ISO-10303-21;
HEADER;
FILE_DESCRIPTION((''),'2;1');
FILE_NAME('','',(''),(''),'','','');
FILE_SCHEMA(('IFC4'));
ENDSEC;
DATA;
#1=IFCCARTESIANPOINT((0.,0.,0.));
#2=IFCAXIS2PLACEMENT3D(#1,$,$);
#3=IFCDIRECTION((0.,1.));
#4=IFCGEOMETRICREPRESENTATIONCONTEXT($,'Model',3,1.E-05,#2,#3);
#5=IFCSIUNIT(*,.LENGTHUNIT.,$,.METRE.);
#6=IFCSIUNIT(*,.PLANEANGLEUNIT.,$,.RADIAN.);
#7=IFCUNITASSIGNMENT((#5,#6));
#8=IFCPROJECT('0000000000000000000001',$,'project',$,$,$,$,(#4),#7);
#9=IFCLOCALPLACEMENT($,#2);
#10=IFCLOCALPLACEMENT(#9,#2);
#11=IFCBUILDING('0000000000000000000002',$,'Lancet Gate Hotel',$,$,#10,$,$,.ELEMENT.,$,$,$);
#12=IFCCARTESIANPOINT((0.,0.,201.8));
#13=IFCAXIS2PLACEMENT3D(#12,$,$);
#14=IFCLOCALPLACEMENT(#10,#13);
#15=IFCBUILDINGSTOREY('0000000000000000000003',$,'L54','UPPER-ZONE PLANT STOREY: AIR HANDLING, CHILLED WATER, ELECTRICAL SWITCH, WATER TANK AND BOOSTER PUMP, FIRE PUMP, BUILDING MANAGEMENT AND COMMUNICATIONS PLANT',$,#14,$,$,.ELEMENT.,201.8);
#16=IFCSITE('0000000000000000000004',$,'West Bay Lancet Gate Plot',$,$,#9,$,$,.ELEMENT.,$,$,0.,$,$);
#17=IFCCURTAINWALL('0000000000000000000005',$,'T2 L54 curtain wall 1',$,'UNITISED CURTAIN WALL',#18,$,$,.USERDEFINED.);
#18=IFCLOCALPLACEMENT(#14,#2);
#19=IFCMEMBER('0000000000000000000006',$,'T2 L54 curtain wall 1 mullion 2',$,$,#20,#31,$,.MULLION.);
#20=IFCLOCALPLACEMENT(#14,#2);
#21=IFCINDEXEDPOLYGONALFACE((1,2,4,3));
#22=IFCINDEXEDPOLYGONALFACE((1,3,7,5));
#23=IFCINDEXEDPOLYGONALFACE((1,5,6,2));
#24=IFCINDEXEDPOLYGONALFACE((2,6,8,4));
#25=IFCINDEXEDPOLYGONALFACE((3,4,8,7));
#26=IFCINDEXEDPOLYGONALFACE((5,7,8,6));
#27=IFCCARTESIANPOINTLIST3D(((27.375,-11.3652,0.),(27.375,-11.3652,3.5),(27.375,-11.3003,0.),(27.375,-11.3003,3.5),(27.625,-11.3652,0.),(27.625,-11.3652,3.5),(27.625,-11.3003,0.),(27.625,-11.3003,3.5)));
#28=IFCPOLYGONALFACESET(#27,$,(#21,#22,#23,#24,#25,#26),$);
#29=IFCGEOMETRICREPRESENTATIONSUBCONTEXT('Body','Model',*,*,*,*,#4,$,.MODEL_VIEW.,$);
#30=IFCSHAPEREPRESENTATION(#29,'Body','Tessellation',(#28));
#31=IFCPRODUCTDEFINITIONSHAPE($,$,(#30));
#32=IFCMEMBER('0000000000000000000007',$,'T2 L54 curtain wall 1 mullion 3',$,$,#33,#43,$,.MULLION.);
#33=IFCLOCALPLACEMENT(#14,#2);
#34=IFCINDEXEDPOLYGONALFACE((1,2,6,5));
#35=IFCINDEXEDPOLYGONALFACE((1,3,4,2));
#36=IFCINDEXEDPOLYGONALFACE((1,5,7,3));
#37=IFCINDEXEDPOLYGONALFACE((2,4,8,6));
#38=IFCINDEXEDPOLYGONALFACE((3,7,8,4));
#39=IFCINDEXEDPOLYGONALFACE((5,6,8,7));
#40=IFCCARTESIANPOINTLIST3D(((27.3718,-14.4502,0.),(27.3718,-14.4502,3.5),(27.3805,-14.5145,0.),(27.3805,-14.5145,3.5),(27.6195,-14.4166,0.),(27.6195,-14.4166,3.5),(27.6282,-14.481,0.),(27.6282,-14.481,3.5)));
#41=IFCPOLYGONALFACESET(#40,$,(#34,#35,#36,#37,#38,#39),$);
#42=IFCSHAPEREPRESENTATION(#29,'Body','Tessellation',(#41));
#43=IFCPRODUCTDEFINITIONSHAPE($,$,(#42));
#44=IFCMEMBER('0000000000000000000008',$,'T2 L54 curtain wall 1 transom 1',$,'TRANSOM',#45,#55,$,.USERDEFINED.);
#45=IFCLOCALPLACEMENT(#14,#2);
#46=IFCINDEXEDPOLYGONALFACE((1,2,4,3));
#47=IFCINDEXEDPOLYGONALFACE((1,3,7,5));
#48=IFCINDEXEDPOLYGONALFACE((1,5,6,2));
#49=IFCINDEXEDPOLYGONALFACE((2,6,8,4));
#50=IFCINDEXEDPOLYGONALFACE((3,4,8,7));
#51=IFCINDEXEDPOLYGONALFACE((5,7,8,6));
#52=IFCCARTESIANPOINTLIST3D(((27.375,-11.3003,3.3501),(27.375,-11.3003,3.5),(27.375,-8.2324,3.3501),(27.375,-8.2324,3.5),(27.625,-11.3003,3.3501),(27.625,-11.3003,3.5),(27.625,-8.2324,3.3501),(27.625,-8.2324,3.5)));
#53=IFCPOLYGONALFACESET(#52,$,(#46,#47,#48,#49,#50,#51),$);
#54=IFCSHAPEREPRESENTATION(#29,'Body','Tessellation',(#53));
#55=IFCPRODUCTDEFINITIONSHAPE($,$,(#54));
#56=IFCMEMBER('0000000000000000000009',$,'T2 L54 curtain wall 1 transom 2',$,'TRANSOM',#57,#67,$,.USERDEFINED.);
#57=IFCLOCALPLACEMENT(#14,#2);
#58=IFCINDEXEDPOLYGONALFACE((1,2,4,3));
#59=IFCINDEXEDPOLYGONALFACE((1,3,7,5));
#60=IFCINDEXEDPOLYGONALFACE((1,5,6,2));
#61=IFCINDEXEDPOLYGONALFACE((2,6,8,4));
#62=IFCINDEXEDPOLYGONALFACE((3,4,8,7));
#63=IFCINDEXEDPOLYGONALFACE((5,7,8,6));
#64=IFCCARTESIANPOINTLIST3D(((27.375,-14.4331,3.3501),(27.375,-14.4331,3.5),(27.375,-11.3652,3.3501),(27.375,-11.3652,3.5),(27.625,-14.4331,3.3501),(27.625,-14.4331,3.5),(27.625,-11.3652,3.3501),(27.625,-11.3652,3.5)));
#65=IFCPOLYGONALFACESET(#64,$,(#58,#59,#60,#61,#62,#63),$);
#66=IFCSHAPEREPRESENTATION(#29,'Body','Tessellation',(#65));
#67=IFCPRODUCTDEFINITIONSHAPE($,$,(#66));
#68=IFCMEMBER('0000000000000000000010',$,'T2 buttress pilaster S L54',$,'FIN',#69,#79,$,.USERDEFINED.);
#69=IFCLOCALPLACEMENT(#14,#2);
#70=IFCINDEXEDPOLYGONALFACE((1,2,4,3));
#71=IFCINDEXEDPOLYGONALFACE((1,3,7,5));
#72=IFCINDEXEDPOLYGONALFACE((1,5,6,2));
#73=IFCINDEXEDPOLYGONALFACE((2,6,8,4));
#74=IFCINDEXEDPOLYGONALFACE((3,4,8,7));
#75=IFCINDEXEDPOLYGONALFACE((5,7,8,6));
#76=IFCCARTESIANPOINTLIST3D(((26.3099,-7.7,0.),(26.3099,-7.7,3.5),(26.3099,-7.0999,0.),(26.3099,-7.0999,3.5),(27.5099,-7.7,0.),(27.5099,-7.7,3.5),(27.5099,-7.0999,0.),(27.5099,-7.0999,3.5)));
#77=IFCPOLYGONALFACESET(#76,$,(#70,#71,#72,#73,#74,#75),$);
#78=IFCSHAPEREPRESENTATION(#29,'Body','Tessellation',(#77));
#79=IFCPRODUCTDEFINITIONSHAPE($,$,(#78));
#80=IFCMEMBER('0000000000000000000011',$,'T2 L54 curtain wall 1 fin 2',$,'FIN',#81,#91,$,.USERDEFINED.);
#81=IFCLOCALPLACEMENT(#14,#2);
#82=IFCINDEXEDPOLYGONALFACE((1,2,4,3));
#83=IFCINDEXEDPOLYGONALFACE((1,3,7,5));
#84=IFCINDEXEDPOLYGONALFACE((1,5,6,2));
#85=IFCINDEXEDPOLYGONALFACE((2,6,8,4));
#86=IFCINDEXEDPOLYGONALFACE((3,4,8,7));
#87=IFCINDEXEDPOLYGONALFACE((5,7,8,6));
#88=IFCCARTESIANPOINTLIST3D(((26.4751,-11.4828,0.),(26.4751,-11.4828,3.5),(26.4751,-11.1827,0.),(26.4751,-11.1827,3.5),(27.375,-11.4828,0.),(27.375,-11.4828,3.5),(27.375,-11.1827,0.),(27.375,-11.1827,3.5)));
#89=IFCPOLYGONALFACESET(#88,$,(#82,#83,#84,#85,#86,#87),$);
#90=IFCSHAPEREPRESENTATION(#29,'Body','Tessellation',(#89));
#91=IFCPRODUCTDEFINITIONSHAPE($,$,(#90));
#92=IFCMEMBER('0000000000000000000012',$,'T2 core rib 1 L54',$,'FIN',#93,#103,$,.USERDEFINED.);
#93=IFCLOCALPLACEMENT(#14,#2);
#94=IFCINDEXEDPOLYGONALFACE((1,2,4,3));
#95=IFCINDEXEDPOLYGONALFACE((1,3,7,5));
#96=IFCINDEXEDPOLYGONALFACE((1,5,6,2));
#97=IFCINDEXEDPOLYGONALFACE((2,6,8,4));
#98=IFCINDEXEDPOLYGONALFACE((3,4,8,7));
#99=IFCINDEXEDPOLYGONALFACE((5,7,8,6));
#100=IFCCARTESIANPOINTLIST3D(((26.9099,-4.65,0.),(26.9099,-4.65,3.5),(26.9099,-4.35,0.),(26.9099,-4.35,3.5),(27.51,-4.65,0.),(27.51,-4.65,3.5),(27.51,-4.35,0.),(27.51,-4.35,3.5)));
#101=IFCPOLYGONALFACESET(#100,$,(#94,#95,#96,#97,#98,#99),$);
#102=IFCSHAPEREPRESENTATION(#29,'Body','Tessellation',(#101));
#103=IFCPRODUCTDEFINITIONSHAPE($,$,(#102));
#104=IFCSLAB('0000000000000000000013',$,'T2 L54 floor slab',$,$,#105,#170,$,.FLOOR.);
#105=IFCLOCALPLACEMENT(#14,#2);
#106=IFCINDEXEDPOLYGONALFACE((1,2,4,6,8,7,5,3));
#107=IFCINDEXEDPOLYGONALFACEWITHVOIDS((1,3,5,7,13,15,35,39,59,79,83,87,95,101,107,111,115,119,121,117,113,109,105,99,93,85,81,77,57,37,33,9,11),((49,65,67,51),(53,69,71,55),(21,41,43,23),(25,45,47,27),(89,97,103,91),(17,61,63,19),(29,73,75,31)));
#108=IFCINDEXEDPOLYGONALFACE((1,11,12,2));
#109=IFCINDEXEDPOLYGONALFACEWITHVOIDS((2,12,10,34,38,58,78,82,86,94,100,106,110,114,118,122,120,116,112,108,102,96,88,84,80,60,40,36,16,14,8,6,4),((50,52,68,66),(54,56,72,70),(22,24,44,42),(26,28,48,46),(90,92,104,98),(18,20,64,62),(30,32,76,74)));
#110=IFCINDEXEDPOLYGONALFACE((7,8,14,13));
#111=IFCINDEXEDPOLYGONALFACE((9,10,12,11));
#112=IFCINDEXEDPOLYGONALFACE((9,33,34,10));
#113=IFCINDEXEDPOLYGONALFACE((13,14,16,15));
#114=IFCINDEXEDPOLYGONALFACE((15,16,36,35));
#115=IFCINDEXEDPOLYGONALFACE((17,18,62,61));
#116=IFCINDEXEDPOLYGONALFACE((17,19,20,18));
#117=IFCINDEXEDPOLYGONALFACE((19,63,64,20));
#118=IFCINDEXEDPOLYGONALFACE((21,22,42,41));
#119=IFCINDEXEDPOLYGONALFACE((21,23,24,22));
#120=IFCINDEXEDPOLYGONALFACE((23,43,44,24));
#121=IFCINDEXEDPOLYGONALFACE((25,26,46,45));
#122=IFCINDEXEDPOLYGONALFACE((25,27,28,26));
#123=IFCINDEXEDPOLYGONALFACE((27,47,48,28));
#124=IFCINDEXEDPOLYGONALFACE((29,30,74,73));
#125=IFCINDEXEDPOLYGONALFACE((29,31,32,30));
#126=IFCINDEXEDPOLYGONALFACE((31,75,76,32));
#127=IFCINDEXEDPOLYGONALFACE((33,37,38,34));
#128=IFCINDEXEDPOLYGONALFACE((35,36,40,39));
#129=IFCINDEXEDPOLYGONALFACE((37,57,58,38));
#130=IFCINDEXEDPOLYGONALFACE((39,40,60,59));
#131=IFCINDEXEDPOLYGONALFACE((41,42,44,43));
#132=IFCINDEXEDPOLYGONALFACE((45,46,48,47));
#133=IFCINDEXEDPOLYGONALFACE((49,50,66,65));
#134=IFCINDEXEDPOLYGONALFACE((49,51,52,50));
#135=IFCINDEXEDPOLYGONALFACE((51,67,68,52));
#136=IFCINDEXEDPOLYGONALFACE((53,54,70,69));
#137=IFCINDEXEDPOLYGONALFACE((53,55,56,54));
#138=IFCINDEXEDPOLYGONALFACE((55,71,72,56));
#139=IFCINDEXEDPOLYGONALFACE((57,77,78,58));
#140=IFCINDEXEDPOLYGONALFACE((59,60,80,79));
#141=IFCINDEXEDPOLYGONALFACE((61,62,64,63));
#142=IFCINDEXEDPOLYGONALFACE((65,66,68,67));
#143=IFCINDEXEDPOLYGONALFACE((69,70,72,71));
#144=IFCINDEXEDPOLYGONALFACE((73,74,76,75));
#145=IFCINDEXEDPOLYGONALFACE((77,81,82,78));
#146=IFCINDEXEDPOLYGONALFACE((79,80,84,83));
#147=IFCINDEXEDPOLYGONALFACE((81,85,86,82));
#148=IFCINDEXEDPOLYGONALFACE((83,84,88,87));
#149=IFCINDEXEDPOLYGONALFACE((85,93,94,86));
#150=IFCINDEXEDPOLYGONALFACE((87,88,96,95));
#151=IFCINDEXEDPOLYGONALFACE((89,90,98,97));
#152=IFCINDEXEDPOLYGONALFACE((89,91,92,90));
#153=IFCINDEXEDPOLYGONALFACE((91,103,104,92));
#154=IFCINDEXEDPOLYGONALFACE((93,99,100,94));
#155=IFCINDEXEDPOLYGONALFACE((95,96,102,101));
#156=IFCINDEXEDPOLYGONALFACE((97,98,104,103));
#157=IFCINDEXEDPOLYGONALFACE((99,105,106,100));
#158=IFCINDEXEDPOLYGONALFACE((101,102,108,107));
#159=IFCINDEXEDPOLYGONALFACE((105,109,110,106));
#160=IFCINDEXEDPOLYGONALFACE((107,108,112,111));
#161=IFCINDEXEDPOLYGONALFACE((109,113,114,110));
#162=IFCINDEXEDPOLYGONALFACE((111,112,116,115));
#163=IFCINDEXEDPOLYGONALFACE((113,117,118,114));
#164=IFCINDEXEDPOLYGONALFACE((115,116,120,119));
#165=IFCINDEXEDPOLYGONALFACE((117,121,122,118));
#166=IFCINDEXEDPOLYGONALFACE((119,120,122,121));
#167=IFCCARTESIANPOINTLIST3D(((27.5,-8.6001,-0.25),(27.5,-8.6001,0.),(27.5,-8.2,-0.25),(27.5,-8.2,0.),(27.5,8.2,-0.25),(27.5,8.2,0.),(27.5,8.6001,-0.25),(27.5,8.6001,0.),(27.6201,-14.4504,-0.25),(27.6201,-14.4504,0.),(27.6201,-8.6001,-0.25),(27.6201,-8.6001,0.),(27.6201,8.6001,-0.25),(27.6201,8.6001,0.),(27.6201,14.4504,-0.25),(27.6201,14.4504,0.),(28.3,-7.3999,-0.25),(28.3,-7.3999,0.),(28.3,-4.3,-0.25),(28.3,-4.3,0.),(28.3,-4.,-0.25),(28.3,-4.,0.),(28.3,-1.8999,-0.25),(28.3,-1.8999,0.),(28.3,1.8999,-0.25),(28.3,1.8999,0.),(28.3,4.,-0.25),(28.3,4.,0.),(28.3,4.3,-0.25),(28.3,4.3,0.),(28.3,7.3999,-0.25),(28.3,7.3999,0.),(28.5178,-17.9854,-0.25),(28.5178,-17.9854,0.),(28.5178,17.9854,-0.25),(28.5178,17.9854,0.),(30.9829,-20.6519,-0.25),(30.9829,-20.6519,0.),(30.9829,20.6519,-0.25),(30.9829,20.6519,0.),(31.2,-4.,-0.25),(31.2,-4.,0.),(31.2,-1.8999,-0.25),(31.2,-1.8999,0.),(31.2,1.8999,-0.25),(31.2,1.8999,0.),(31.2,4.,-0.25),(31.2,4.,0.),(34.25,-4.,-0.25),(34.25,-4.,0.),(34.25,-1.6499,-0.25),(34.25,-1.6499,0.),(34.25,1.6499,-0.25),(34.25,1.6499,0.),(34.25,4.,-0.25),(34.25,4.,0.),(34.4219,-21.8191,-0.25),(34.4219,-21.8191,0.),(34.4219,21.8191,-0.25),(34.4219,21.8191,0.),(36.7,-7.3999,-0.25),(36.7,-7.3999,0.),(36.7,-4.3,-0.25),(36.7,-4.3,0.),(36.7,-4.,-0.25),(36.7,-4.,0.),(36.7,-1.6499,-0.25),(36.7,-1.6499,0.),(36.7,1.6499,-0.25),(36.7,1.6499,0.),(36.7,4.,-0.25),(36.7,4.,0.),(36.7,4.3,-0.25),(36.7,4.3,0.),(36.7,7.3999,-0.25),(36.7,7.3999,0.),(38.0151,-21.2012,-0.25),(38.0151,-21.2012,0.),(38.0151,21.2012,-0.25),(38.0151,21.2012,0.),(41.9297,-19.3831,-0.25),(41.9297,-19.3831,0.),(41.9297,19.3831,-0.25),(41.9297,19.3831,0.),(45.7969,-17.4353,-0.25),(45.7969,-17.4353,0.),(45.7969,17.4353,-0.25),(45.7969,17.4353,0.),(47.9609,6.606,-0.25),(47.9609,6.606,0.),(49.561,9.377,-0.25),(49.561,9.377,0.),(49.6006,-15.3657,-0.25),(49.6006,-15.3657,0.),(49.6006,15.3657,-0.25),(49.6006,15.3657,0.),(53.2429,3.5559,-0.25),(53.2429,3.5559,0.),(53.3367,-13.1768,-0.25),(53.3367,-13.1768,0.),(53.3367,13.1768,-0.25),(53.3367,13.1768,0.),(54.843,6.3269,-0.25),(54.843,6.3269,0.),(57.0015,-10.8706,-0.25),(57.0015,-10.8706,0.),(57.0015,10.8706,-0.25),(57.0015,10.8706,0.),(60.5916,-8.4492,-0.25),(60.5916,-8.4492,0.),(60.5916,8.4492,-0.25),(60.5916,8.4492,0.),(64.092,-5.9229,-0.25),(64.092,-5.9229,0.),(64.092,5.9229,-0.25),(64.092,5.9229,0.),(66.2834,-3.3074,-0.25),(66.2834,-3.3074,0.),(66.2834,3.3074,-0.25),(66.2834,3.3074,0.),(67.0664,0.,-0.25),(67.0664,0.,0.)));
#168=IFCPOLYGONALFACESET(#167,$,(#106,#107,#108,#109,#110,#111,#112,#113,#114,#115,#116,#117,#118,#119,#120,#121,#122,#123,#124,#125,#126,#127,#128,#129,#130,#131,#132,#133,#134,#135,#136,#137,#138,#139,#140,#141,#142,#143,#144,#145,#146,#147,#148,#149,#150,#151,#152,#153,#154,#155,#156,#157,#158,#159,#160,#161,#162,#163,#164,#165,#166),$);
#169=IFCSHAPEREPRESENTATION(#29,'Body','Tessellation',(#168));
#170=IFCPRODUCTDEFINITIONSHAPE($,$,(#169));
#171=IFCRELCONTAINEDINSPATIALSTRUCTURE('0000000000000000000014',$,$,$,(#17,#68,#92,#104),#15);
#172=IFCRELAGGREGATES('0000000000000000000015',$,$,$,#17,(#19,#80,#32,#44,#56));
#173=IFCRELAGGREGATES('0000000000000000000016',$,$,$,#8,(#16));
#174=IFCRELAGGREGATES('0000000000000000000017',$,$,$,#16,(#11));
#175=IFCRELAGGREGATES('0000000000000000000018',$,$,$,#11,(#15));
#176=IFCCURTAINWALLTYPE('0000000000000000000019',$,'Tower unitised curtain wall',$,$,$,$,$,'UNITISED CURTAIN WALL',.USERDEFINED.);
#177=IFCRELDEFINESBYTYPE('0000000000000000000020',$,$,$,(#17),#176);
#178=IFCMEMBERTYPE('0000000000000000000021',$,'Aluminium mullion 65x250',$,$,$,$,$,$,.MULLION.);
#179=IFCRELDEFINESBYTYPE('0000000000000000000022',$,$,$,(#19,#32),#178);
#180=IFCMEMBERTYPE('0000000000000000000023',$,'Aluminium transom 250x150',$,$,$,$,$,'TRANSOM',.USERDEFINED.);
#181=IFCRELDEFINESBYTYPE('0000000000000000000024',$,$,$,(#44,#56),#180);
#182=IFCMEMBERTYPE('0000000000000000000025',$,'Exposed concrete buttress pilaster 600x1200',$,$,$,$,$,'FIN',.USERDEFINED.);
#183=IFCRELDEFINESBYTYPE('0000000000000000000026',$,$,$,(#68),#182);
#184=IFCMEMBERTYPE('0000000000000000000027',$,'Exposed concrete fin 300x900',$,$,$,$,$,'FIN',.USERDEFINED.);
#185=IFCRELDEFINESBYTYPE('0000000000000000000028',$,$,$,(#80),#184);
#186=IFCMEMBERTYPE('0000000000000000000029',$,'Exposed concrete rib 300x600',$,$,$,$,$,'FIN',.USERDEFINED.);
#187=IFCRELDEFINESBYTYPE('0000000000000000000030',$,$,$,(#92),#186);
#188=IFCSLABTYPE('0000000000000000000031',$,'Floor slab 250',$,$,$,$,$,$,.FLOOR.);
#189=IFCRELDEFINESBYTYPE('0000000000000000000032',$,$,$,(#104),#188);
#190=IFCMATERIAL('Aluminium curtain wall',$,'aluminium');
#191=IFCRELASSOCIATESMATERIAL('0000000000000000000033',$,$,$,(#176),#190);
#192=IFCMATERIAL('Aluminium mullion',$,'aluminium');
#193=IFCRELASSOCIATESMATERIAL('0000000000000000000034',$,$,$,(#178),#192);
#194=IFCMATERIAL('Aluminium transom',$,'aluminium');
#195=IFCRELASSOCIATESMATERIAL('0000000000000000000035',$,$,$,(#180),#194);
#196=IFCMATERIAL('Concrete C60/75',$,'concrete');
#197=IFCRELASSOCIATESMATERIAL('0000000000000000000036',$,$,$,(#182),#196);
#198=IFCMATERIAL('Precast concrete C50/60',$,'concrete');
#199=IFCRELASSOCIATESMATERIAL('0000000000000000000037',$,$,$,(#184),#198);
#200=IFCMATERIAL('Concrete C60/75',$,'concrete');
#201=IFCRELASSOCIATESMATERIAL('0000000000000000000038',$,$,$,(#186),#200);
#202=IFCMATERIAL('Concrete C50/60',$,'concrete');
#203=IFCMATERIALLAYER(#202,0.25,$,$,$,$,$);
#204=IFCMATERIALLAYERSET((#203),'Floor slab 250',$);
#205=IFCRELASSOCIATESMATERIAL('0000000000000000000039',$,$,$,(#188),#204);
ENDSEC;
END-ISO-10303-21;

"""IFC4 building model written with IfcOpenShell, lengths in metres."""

from ifc_helpers import new_model, si_unit, direction, frame, origin, origin_2d, place, context, subcontext, project, spatial, polyline, rectangle, outline, extrude, material, layer, layer_set, material_profile, profile_set, type_object, element, aggregate, save


model = new_model("IFC4")

# Units and contexts
model_context = context("Model", 3, precision=1e-05, world=origin(), true_north=direction((0.0, 1.0)))
body_context = subcontext(model_context, "Body", "Model", "MODEL_VIEW")
ifc_project = project(units=[si_unit("LENGTHUNIT", "METRE"), si_unit("PLANEANGLEUNIT", "RADIAN")], contexts=[model_context])

# Site, building, storey
site_placement = place(None, origin())
site = spatial("IfcSite", under=ifc_project, at=site_placement, Name="West Bay Lancet Gate Plot", CompositionType="ELEMENT", RefElevation=0.0)
building_placement = place(site_placement, origin())
building = spatial("IfcBuilding", under=site, at=building_placement, Name="Lancet Gate Hotel", CompositionType="ELEMENT")
storey_placement = place(building_placement, frame((0.0, 0.0, 201.8)))
storey = spatial("IfcBuildingStorey", under=building, at=storey_placement, Name="L54", Description="UPPER-ZONE PLANT STOREY: AIR HANDLING, CHILLED WATER, ELECTRICAL SWITCH, WATER TANK AND BOOSTER PUMP, FIRE PUMP, BUILDING MANAGEMENT AND COMMUNICATIONS PLANT", CompositionType="ELEMENT", Elevation=201.8)

# Curtain wall, members
ifc_material_1 = material(Name="Aluminium curtain wall", Category="aluminium")
curtain_wall_type = type_object("IfcCurtainWallType", Name="Tower unitised curtain wall", ElementType="UNITISED CURTAIN WALL", PredefinedType="USERDEFINED", material=ifc_material_1)
curtain_wall_placement = place(storey_placement, origin())
curtain_wall = element("IfcCurtainWall", 1, at=curtain_wall_placement, inside=storey, type_object=curtain_wall_type, Name="T2 L54 curtain wall 1", ObjectType="UNITISED CURTAIN WALL", PredefinedType="USERDEFINED")
ifc_material_2 = material(Name="Aluminium mullion", Category="aluminium")
ifc_material_profile_1 = material_profile(ifc_material_2, rectangle(XDim=0.0649, YDim=0.25, at=origin_2d()), Name="MULLION 65x250")
ifc_profile_set_1 = profile_set([ifc_material_profile_1], Name="Aluminium mullion")
member_type_1 = type_object("IfcMemberType", Name="Aluminium mullion 65x250", PredefinedType="MULLION", material=ifc_profile_set_1)
member_1_placement = place(storey_placement, frame((27.5, -11.3328, 0.0), z_axis=(0.0, 0.0, 1.0), x_axis=(0.0, -1.0, 0.0)))
member_1 = element("IfcMember", 2, at=member_1_placement, type_object=member_type_1, Name="T2 L54 curtain wall 1 mullion 2", PredefinedType="MULLION", context=body_context, shape_type="SweptSolid", body=[
    extrude(rectangle(XDim=0.0649, YDim=0.25, at=origin_2d()), origin(), (0.0, 0.0, 1.0), 3.5),
])
member_2_placement = place(storey_placement, frame((27.5, -14.4656, 0.0), z_axis=(0.0, 0.0, 1.0), x_axis=(0.134207, -0.990953, 0.0)))
member_2 = element("IfcMember", 3, at=member_2_placement, type_object=member_type_1, Name="T2 L54 curtain wall 1 mullion 3", PredefinedType="MULLION", context=body_context, shape_type="SweptSolid", body=[
    extrude(rectangle(XDim=0.0649, YDim=0.25, at=origin_2d()), origin(), (0.0, 0.0, 1.0), 3.5),
])
ifc_material_3 = material(Name="Aluminium transom", Category="aluminium")
ifc_material_profile_2 = material_profile(ifc_material_3, rectangle(XDim=0.25, YDim=0.1499, at=origin_2d()), Name="TRANSOM 250x150")
ifc_profile_set_2 = profile_set([ifc_material_profile_2], Name="Aluminium transom")
member_type_2 = type_object("IfcMemberType", Name="Aluminium transom 250x150", ElementType="TRANSOM", PredefinedType="USERDEFINED", material=ifc_profile_set_2)
member_3_placement = place(storey_placement, frame((27.5, -8.2324, 3.425), z_axis=(0.0, -1.0, 0.0), x_axis=(1.0, 0.0, 0.0)))
member_3 = element("IfcMember", 4, at=member_3_placement, type_object=member_type_2, Name="T2 L54 curtain wall 1 transom 1", ObjectType="TRANSOM", PredefinedType="USERDEFINED", context=body_context, shape_type="SweptSolid", body=[
    extrude(rectangle(XDim=0.25, YDim=0.1499, at=origin_2d()), origin(), (0.0, 0.0, 1.0), 3.0679),
])
member_4_placement = place(storey_placement, frame((27.5, -11.3652, 3.425), z_axis=(0.0, -1.0, 0.0), x_axis=(1.0, 0.0, 0.0)))
member_4 = element("IfcMember", 5, at=member_4_placement, type_object=member_type_2, Name="T2 L54 curtain wall 1 transom 2", ObjectType="TRANSOM", PredefinedType="USERDEFINED", context=body_context, shape_type="SweptSolid", body=[
    extrude(rectangle(XDim=0.25, YDim=0.1499, at=origin_2d()), origin(), (0.0, 0.0, 1.0), 3.0679),
])

# Members
ifc_material_4 = material(Name="Concrete C60/75", Category="concrete")
ifc_material_profile_3 = material_profile(ifc_material_4, rectangle(XDim=0.6001, YDim=1.2, at=origin_2d()), Name="FIN 600x1200")
ifc_profile_set_3 = profile_set([ifc_material_profile_3], Name="Concrete C60/75")
member_type_3 = type_object("IfcMemberType", Name="Exposed concrete buttress pilaster 600x1200", ElementType="FIN", PredefinedType="USERDEFINED", material=ifc_profile_set_3)
member_5_placement = place(storey_placement, frame((26.9099, -7.3999, 0.0), z_axis=(0.0, 0.0, 1.0), x_axis=(0.0, 1.0, 0.0)))
element("IfcMember", 6, at=member_5_placement, inside=storey, type_object=member_type_3, Name="T2 buttress pilaster S L54", ObjectType="FIN", PredefinedType="USERDEFINED", context=body_context, shape_type="SweptSolid", body=[
    extrude(rectangle(XDim=0.6001, YDim=1.2, at=origin_2d()), origin(), (0.0, 0.0, 1.0), 3.5),
])
ifc_material_5 = material(Name="Precast concrete C50/60", Category="concrete")
ifc_material_profile_4 = material_profile(ifc_material_5, rectangle(XDim=0.3, YDim=0.8999, at=origin_2d()), Name="FIN 300x900")
ifc_profile_set_4 = profile_set([ifc_material_profile_4], Name="Precast concrete C50/60")
member_type_4 = type_object("IfcMemberType", Name="Exposed concrete fin 300x900", ElementType="FIN", PredefinedType="USERDEFINED", material=ifc_profile_set_4)
member_6_placement = place(storey_placement, frame((26.925, -11.3328, 0.0), z_axis=(0.0, 0.0, 1.0), x_axis=(0.0, -1.0, 0.0)))
member_6 = element("IfcMember", 7, at=member_6_placement, type_object=member_type_4, Name="T2 L54 curtain wall 1 fin 2", ObjectType="FIN", PredefinedType="USERDEFINED", context=body_context, shape_type="SweptSolid", body=[
    extrude(rectangle(XDim=0.3, YDim=0.8999, at=origin_2d()), origin(), (0.0, 0.0, 1.0), 3.5),
])
ifc_material_6 = material(Name="Concrete C60/75", Category="concrete")
ifc_material_profile_5 = material_profile(ifc_material_6, rectangle(XDim=0.3, YDim=0.6001, at=origin_2d()), Name="FIN 300x600")
ifc_profile_set_5 = profile_set([ifc_material_profile_5], Name="Concrete C60/75")
member_type_5 = type_object("IfcMemberType", Name="Exposed concrete rib 300x600", ElementType="FIN", PredefinedType="USERDEFINED", material=ifc_profile_set_5)
member_7_placement = place(storey_placement, frame((27.21, -4.5, 0.0), z_axis=(0.0, 0.0, 1.0), x_axis=(0.0, 1.0, 0.0)))
element("IfcMember", 8, at=member_7_placement, inside=storey, type_object=member_type_5, Name="T2 core rib 1 L54", ObjectType="FIN", PredefinedType="USERDEFINED", context=body_context, shape_type="SweptSolid", body=[
    extrude(rectangle(XDim=0.3, YDim=0.6001, at=origin_2d()), origin(), (0.0, 0.0, 1.0), 3.5),
])

# Slab
ifc_material_7 = material(Name="Concrete C50/60", Category="concrete")
ifc_layer_1 = layer(ifc_material_7, 0.25)
ifc_layer_set_1 = layer_set([ifc_layer_1], Name="Floor slab 250")
slab_type_1 = type_object("IfcSlabType", Name="Floor slab 250", PredefinedType="FLOOR", material=ifc_layer_set_1)
slab_1_placement = place(storey_placement, frame((0.0, 0.0, -0.25)))
element("IfcSlab", 9, at=slab_1_placement, inside=storey, type_object=slab_type_1, Name="T2 L54 floor slab", PredefinedType="FLOOR", context=body_context, shape_type="SweptSolid", body=[
    extrude(outline(polyline([(27.5, -8.6001), (27.6201, -8.6001), (27.6201, -14.4504), (28.5178, -17.9854), (30.9829, -20.6519), (34.4219, -21.8191), (38.0151, -21.2012), (41.9297, -19.3831), (45.7969, -17.4353), (49.6006, -15.3657), (53.3367, -13.1768), (57.0015, -10.8706), (60.5916, -8.4492), (64.092, -5.9229), (66.2834, -3.3074), (67.0664, 0.0), (66.2834, 3.3074), (64.092, 5.9229), (60.5916, 8.4492), (57.0015, 10.8706), (53.3367, 13.1768), (49.6006, 15.3657), (45.7969, 17.4353), (41.9297, 19.3831), (38.0151, 21.2012), (34.4219, 21.8191), (30.9829, 20.6519), (28.5178, 17.9854), (27.6201, 14.4504), (27.6201, 8.6001), (27.5, 8.6001), (27.5, 8.2), (27.5, -8.2), (27.5, -8.6001)]), holes=[polyline([(36.7, -7.3999), (36.7, -4.3), (28.3, -4.3), (28.3, -7.3999), (36.7, -7.3999)]), polyline([(28.3, -4.0), (31.2, -4.0), (31.2, -1.8999), (28.3, -1.8999), (28.3, -4.0)]), polyline([(34.25, -4.0), (36.7, -4.0), (36.7, -1.6499), (34.25, -1.6499), (34.25, -4.0)]), polyline([(36.7, 1.6499), (36.7, 4.0), (34.25, 4.0), (34.25, 1.6499), (36.7, 1.6499)]), polyline([(28.3, 1.8999), (31.2, 1.8999), (31.2, 4.0), (28.3, 4.0), (28.3, 1.8999)]), polyline([(28.3, 4.3), (36.7, 4.3), (36.7, 7.3999), (28.3, 7.3999), (28.3, 4.3)]), polyline([(53.2429, 3.5559), (54.843, 6.3269), (49.561, 9.377), (47.9609, 6.606), (53.2429, 3.5559)])]), origin(), (0.0, 0.0, 1.0), 0.25),
])

aggregate(curtain_wall, [member_1, member_6, member_2, member_3, member_4])

save(model, "model.ifc")
